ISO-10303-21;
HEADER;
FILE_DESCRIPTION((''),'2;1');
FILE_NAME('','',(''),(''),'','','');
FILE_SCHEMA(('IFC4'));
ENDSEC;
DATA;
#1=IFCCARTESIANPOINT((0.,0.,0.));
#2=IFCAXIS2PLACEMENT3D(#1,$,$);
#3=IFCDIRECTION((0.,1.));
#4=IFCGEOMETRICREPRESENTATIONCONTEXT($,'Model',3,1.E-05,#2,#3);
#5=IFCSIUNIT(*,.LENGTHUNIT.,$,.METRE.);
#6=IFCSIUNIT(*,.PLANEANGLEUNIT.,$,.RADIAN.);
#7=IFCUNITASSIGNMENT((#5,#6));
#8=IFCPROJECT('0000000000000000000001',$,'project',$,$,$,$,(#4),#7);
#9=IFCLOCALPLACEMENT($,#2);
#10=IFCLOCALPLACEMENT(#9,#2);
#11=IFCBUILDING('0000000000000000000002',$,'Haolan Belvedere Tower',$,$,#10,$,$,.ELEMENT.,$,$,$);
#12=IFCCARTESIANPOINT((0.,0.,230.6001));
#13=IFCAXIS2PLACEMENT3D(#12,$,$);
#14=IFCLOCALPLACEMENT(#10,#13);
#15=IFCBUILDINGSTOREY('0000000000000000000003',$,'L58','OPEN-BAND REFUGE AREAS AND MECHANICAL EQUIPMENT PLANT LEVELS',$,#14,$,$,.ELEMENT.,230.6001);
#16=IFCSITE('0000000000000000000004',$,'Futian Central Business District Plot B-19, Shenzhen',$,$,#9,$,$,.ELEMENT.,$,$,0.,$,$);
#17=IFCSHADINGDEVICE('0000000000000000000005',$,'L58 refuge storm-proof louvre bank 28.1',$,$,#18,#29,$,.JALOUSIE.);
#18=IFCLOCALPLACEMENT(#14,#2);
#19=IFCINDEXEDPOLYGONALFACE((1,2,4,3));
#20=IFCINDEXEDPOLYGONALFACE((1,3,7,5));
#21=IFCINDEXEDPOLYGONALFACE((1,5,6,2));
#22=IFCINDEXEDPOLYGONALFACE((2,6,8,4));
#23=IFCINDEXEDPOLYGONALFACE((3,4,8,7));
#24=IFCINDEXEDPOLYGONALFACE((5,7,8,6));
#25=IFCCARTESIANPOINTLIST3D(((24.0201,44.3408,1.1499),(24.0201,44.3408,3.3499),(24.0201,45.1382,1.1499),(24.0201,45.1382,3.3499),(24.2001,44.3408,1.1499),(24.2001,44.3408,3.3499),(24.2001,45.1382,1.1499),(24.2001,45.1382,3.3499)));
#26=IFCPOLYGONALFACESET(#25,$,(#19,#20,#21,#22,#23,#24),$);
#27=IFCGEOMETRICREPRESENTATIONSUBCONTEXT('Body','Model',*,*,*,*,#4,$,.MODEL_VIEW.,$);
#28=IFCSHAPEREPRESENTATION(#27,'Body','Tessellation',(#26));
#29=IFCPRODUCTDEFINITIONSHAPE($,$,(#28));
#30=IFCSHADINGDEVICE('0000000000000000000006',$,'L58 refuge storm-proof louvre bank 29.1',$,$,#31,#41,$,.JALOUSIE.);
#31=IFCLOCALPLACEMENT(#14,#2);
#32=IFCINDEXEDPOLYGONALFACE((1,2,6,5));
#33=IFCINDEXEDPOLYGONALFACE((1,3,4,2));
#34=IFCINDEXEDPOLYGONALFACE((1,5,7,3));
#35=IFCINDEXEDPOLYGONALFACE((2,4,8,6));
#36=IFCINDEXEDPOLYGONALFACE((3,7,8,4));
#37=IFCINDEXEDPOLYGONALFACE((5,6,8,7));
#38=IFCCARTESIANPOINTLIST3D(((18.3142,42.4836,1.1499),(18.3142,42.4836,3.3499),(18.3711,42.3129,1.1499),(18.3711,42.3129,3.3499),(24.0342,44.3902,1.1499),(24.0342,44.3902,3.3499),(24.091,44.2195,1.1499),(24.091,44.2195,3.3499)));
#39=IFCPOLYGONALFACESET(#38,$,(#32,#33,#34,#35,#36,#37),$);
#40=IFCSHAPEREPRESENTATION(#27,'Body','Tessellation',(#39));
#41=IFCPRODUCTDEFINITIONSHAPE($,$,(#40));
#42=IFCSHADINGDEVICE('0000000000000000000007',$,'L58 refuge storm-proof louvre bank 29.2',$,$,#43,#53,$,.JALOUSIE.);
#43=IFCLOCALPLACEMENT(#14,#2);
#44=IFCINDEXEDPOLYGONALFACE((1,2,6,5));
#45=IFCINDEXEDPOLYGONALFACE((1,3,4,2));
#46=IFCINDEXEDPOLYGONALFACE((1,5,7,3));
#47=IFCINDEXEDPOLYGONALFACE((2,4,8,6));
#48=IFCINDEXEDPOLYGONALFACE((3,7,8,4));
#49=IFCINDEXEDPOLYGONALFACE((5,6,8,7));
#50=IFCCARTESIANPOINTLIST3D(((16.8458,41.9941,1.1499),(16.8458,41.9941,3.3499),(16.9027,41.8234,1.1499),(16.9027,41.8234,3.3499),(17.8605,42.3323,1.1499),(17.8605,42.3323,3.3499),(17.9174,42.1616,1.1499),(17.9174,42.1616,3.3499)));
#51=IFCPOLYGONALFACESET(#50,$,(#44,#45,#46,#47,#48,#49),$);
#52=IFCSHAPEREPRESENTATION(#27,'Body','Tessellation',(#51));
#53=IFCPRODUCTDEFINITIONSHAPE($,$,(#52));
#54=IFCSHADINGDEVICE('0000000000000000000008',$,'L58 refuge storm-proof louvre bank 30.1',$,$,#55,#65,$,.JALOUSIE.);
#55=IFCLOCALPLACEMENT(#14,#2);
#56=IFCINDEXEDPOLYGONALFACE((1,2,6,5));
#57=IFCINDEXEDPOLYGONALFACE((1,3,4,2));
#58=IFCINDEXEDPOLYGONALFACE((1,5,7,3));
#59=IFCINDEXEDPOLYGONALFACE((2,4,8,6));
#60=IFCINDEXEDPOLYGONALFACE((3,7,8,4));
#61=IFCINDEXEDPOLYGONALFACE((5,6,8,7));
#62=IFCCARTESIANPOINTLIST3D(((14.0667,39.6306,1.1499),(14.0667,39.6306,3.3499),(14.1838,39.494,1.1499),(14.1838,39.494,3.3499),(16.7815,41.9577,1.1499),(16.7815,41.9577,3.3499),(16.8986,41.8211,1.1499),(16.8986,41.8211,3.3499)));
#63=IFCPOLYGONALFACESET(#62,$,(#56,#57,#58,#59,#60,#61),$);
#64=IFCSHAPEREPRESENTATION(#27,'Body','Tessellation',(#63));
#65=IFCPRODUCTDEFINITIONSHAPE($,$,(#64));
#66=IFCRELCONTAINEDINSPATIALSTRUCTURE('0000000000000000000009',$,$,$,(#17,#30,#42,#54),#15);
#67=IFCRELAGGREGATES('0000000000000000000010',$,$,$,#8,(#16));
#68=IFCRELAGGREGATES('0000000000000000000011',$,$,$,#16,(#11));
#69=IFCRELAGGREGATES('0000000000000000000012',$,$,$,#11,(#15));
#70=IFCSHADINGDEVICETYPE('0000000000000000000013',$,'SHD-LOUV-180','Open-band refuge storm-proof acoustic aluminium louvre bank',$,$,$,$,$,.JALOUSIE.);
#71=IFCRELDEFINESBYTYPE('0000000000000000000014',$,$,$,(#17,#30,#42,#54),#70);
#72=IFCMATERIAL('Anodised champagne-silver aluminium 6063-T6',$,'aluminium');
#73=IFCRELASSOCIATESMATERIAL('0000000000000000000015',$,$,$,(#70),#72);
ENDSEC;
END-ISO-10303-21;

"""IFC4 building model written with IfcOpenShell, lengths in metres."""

from ifc_helpers import new_model, si_unit, direction, frame, origin, origin_2d, place, context, subcontext, project, spatial, rectangle, extrude, material, type_object, element, save


model = new_model("IFC4")

# Units and contexts
model_context = context("Model", 3, precision=1e-05, world=origin(), true_north=direction((0.0, 1.0)))
body_context = subcontext(model_context, "Body", "Model", "MODEL_VIEW")
ifc_project = project(units=[si_unit("LENGTHUNIT", "METRE"), si_unit("PLANEANGLEUNIT", "RADIAN")], contexts=[model_context])

# Site, building, storey
site_placement = place(None, origin())
site = spatial("IfcSite", under=ifc_project, at=site_placement, Name="Futian Central Business District Plot B-19, Shenzhen", CompositionType="ELEMENT", RefElevation=0.0)
building_placement = place(site_placement, origin())
building = spatial("IfcBuilding", under=site, at=building_placement, Name="Haolan Belvedere Tower", CompositionType="ELEMENT")
storey_placement = place(building_placement, frame((0.0, 0.0, 230.6001)))
storey = spatial("IfcBuildingStorey", under=building, at=storey_placement, Name="L58", Description="OPEN-BAND REFUGE AREAS AND MECHANICAL EQUIPMENT PLANT LEVELS", CompositionType="ELEMENT", Elevation=230.6001)

# Shading devices
ifc_material_1 = material(Name="Anodised champagne-silver aluminium 6063-T6", Category="aluminium")
shading_device_type = type_object("IfcShadingDeviceType", Name="SHD-LOUV-180", Description="Open-band refuge storm-proof acoustic aluminium louvre bank", PredefinedType="JALOUSIE", material=ifc_material_1)
shading_device_1_placement = place(storey_placement, frame((24.1101, 44.7395, 1.1499), z_axis=(0.0, 0.0, 1.0), x_axis=(0.0, -1.0, 0.0)))
element("IfcShadingDevice", 1, at=shading_device_1_placement, inside=storey, type_object=shading_device_type, Name="L58 refuge storm-proof louvre bank 28.1", PredefinedType="JALOUSIE", context=body_context, shape_type="SweptSolid", body=[
    extrude(rectangle(XDim=0.7974, YDim=0.1799, at=origin_2d()), origin(), (0.0, 0.0, 1.0), 2.2),
])
shading_device_2_placement = place(storey_placement, frame((21.2026, 43.3516, 1.1499), z_axis=(0.0, 0.0, 1.0), x_axis=(-0.948689, -0.316212, 0.0)))
element("IfcShadingDevice", 2, at=shading_device_2_placement, inside=storey, type_object=shading_device_type, Name="L58 refuge storm-proof louvre bank 29.1", PredefinedType="JALOUSIE", context=body_context, shape_type="SweptSolid", body=[
    extrude(rectangle(XDim=6.0293, YDim=0.1799, at=origin_2d()), origin(), (0.0, 0.0, 1.0), 2.2),
])
shading_device_3_placement = place(storey_placement, frame((17.3816, 42.0779, 1.1499), z_axis=(0.0, 0.0, 1.0), x_axis=(-0.948694, -0.316195, 0.0)))
element("IfcShadingDevice", 3, at=shading_device_3_placement, inside=storey, type_object=shading_device_type, Name="L58 refuge storm-proof louvre bank 29.2", PredefinedType="JALOUSIE", context=body_context, shape_type="SweptSolid", body=[
    extrude(rectangle(XDim=1.0696, YDim=0.1799, at=origin_2d()), origin(), (0.0, 0.0, 1.0), 2.2),
])
shading_device_4_placement = place(storey_placement, frame((15.4827, 40.7258, 1.1499), z_axis=(0.0, 0.0, 1.0), x_axis=(-0.759249, -0.650801, 0.0)))
element("IfcShadingDevice", 4, at=shading_device_4_placement, inside=storey, type_object=shading_device_type, Name="L58 refuge storm-proof louvre bank 30.1", PredefinedType="JALOUSIE", context=body_context, shape_type="SweptSolid", body=[
    extrude(rectangle(XDim=3.5757, YDim=0.1799, at=origin_2d()), origin(), (0.0, 0.0, 1.0), 2.2),
])

save(model, "model.ifc")
